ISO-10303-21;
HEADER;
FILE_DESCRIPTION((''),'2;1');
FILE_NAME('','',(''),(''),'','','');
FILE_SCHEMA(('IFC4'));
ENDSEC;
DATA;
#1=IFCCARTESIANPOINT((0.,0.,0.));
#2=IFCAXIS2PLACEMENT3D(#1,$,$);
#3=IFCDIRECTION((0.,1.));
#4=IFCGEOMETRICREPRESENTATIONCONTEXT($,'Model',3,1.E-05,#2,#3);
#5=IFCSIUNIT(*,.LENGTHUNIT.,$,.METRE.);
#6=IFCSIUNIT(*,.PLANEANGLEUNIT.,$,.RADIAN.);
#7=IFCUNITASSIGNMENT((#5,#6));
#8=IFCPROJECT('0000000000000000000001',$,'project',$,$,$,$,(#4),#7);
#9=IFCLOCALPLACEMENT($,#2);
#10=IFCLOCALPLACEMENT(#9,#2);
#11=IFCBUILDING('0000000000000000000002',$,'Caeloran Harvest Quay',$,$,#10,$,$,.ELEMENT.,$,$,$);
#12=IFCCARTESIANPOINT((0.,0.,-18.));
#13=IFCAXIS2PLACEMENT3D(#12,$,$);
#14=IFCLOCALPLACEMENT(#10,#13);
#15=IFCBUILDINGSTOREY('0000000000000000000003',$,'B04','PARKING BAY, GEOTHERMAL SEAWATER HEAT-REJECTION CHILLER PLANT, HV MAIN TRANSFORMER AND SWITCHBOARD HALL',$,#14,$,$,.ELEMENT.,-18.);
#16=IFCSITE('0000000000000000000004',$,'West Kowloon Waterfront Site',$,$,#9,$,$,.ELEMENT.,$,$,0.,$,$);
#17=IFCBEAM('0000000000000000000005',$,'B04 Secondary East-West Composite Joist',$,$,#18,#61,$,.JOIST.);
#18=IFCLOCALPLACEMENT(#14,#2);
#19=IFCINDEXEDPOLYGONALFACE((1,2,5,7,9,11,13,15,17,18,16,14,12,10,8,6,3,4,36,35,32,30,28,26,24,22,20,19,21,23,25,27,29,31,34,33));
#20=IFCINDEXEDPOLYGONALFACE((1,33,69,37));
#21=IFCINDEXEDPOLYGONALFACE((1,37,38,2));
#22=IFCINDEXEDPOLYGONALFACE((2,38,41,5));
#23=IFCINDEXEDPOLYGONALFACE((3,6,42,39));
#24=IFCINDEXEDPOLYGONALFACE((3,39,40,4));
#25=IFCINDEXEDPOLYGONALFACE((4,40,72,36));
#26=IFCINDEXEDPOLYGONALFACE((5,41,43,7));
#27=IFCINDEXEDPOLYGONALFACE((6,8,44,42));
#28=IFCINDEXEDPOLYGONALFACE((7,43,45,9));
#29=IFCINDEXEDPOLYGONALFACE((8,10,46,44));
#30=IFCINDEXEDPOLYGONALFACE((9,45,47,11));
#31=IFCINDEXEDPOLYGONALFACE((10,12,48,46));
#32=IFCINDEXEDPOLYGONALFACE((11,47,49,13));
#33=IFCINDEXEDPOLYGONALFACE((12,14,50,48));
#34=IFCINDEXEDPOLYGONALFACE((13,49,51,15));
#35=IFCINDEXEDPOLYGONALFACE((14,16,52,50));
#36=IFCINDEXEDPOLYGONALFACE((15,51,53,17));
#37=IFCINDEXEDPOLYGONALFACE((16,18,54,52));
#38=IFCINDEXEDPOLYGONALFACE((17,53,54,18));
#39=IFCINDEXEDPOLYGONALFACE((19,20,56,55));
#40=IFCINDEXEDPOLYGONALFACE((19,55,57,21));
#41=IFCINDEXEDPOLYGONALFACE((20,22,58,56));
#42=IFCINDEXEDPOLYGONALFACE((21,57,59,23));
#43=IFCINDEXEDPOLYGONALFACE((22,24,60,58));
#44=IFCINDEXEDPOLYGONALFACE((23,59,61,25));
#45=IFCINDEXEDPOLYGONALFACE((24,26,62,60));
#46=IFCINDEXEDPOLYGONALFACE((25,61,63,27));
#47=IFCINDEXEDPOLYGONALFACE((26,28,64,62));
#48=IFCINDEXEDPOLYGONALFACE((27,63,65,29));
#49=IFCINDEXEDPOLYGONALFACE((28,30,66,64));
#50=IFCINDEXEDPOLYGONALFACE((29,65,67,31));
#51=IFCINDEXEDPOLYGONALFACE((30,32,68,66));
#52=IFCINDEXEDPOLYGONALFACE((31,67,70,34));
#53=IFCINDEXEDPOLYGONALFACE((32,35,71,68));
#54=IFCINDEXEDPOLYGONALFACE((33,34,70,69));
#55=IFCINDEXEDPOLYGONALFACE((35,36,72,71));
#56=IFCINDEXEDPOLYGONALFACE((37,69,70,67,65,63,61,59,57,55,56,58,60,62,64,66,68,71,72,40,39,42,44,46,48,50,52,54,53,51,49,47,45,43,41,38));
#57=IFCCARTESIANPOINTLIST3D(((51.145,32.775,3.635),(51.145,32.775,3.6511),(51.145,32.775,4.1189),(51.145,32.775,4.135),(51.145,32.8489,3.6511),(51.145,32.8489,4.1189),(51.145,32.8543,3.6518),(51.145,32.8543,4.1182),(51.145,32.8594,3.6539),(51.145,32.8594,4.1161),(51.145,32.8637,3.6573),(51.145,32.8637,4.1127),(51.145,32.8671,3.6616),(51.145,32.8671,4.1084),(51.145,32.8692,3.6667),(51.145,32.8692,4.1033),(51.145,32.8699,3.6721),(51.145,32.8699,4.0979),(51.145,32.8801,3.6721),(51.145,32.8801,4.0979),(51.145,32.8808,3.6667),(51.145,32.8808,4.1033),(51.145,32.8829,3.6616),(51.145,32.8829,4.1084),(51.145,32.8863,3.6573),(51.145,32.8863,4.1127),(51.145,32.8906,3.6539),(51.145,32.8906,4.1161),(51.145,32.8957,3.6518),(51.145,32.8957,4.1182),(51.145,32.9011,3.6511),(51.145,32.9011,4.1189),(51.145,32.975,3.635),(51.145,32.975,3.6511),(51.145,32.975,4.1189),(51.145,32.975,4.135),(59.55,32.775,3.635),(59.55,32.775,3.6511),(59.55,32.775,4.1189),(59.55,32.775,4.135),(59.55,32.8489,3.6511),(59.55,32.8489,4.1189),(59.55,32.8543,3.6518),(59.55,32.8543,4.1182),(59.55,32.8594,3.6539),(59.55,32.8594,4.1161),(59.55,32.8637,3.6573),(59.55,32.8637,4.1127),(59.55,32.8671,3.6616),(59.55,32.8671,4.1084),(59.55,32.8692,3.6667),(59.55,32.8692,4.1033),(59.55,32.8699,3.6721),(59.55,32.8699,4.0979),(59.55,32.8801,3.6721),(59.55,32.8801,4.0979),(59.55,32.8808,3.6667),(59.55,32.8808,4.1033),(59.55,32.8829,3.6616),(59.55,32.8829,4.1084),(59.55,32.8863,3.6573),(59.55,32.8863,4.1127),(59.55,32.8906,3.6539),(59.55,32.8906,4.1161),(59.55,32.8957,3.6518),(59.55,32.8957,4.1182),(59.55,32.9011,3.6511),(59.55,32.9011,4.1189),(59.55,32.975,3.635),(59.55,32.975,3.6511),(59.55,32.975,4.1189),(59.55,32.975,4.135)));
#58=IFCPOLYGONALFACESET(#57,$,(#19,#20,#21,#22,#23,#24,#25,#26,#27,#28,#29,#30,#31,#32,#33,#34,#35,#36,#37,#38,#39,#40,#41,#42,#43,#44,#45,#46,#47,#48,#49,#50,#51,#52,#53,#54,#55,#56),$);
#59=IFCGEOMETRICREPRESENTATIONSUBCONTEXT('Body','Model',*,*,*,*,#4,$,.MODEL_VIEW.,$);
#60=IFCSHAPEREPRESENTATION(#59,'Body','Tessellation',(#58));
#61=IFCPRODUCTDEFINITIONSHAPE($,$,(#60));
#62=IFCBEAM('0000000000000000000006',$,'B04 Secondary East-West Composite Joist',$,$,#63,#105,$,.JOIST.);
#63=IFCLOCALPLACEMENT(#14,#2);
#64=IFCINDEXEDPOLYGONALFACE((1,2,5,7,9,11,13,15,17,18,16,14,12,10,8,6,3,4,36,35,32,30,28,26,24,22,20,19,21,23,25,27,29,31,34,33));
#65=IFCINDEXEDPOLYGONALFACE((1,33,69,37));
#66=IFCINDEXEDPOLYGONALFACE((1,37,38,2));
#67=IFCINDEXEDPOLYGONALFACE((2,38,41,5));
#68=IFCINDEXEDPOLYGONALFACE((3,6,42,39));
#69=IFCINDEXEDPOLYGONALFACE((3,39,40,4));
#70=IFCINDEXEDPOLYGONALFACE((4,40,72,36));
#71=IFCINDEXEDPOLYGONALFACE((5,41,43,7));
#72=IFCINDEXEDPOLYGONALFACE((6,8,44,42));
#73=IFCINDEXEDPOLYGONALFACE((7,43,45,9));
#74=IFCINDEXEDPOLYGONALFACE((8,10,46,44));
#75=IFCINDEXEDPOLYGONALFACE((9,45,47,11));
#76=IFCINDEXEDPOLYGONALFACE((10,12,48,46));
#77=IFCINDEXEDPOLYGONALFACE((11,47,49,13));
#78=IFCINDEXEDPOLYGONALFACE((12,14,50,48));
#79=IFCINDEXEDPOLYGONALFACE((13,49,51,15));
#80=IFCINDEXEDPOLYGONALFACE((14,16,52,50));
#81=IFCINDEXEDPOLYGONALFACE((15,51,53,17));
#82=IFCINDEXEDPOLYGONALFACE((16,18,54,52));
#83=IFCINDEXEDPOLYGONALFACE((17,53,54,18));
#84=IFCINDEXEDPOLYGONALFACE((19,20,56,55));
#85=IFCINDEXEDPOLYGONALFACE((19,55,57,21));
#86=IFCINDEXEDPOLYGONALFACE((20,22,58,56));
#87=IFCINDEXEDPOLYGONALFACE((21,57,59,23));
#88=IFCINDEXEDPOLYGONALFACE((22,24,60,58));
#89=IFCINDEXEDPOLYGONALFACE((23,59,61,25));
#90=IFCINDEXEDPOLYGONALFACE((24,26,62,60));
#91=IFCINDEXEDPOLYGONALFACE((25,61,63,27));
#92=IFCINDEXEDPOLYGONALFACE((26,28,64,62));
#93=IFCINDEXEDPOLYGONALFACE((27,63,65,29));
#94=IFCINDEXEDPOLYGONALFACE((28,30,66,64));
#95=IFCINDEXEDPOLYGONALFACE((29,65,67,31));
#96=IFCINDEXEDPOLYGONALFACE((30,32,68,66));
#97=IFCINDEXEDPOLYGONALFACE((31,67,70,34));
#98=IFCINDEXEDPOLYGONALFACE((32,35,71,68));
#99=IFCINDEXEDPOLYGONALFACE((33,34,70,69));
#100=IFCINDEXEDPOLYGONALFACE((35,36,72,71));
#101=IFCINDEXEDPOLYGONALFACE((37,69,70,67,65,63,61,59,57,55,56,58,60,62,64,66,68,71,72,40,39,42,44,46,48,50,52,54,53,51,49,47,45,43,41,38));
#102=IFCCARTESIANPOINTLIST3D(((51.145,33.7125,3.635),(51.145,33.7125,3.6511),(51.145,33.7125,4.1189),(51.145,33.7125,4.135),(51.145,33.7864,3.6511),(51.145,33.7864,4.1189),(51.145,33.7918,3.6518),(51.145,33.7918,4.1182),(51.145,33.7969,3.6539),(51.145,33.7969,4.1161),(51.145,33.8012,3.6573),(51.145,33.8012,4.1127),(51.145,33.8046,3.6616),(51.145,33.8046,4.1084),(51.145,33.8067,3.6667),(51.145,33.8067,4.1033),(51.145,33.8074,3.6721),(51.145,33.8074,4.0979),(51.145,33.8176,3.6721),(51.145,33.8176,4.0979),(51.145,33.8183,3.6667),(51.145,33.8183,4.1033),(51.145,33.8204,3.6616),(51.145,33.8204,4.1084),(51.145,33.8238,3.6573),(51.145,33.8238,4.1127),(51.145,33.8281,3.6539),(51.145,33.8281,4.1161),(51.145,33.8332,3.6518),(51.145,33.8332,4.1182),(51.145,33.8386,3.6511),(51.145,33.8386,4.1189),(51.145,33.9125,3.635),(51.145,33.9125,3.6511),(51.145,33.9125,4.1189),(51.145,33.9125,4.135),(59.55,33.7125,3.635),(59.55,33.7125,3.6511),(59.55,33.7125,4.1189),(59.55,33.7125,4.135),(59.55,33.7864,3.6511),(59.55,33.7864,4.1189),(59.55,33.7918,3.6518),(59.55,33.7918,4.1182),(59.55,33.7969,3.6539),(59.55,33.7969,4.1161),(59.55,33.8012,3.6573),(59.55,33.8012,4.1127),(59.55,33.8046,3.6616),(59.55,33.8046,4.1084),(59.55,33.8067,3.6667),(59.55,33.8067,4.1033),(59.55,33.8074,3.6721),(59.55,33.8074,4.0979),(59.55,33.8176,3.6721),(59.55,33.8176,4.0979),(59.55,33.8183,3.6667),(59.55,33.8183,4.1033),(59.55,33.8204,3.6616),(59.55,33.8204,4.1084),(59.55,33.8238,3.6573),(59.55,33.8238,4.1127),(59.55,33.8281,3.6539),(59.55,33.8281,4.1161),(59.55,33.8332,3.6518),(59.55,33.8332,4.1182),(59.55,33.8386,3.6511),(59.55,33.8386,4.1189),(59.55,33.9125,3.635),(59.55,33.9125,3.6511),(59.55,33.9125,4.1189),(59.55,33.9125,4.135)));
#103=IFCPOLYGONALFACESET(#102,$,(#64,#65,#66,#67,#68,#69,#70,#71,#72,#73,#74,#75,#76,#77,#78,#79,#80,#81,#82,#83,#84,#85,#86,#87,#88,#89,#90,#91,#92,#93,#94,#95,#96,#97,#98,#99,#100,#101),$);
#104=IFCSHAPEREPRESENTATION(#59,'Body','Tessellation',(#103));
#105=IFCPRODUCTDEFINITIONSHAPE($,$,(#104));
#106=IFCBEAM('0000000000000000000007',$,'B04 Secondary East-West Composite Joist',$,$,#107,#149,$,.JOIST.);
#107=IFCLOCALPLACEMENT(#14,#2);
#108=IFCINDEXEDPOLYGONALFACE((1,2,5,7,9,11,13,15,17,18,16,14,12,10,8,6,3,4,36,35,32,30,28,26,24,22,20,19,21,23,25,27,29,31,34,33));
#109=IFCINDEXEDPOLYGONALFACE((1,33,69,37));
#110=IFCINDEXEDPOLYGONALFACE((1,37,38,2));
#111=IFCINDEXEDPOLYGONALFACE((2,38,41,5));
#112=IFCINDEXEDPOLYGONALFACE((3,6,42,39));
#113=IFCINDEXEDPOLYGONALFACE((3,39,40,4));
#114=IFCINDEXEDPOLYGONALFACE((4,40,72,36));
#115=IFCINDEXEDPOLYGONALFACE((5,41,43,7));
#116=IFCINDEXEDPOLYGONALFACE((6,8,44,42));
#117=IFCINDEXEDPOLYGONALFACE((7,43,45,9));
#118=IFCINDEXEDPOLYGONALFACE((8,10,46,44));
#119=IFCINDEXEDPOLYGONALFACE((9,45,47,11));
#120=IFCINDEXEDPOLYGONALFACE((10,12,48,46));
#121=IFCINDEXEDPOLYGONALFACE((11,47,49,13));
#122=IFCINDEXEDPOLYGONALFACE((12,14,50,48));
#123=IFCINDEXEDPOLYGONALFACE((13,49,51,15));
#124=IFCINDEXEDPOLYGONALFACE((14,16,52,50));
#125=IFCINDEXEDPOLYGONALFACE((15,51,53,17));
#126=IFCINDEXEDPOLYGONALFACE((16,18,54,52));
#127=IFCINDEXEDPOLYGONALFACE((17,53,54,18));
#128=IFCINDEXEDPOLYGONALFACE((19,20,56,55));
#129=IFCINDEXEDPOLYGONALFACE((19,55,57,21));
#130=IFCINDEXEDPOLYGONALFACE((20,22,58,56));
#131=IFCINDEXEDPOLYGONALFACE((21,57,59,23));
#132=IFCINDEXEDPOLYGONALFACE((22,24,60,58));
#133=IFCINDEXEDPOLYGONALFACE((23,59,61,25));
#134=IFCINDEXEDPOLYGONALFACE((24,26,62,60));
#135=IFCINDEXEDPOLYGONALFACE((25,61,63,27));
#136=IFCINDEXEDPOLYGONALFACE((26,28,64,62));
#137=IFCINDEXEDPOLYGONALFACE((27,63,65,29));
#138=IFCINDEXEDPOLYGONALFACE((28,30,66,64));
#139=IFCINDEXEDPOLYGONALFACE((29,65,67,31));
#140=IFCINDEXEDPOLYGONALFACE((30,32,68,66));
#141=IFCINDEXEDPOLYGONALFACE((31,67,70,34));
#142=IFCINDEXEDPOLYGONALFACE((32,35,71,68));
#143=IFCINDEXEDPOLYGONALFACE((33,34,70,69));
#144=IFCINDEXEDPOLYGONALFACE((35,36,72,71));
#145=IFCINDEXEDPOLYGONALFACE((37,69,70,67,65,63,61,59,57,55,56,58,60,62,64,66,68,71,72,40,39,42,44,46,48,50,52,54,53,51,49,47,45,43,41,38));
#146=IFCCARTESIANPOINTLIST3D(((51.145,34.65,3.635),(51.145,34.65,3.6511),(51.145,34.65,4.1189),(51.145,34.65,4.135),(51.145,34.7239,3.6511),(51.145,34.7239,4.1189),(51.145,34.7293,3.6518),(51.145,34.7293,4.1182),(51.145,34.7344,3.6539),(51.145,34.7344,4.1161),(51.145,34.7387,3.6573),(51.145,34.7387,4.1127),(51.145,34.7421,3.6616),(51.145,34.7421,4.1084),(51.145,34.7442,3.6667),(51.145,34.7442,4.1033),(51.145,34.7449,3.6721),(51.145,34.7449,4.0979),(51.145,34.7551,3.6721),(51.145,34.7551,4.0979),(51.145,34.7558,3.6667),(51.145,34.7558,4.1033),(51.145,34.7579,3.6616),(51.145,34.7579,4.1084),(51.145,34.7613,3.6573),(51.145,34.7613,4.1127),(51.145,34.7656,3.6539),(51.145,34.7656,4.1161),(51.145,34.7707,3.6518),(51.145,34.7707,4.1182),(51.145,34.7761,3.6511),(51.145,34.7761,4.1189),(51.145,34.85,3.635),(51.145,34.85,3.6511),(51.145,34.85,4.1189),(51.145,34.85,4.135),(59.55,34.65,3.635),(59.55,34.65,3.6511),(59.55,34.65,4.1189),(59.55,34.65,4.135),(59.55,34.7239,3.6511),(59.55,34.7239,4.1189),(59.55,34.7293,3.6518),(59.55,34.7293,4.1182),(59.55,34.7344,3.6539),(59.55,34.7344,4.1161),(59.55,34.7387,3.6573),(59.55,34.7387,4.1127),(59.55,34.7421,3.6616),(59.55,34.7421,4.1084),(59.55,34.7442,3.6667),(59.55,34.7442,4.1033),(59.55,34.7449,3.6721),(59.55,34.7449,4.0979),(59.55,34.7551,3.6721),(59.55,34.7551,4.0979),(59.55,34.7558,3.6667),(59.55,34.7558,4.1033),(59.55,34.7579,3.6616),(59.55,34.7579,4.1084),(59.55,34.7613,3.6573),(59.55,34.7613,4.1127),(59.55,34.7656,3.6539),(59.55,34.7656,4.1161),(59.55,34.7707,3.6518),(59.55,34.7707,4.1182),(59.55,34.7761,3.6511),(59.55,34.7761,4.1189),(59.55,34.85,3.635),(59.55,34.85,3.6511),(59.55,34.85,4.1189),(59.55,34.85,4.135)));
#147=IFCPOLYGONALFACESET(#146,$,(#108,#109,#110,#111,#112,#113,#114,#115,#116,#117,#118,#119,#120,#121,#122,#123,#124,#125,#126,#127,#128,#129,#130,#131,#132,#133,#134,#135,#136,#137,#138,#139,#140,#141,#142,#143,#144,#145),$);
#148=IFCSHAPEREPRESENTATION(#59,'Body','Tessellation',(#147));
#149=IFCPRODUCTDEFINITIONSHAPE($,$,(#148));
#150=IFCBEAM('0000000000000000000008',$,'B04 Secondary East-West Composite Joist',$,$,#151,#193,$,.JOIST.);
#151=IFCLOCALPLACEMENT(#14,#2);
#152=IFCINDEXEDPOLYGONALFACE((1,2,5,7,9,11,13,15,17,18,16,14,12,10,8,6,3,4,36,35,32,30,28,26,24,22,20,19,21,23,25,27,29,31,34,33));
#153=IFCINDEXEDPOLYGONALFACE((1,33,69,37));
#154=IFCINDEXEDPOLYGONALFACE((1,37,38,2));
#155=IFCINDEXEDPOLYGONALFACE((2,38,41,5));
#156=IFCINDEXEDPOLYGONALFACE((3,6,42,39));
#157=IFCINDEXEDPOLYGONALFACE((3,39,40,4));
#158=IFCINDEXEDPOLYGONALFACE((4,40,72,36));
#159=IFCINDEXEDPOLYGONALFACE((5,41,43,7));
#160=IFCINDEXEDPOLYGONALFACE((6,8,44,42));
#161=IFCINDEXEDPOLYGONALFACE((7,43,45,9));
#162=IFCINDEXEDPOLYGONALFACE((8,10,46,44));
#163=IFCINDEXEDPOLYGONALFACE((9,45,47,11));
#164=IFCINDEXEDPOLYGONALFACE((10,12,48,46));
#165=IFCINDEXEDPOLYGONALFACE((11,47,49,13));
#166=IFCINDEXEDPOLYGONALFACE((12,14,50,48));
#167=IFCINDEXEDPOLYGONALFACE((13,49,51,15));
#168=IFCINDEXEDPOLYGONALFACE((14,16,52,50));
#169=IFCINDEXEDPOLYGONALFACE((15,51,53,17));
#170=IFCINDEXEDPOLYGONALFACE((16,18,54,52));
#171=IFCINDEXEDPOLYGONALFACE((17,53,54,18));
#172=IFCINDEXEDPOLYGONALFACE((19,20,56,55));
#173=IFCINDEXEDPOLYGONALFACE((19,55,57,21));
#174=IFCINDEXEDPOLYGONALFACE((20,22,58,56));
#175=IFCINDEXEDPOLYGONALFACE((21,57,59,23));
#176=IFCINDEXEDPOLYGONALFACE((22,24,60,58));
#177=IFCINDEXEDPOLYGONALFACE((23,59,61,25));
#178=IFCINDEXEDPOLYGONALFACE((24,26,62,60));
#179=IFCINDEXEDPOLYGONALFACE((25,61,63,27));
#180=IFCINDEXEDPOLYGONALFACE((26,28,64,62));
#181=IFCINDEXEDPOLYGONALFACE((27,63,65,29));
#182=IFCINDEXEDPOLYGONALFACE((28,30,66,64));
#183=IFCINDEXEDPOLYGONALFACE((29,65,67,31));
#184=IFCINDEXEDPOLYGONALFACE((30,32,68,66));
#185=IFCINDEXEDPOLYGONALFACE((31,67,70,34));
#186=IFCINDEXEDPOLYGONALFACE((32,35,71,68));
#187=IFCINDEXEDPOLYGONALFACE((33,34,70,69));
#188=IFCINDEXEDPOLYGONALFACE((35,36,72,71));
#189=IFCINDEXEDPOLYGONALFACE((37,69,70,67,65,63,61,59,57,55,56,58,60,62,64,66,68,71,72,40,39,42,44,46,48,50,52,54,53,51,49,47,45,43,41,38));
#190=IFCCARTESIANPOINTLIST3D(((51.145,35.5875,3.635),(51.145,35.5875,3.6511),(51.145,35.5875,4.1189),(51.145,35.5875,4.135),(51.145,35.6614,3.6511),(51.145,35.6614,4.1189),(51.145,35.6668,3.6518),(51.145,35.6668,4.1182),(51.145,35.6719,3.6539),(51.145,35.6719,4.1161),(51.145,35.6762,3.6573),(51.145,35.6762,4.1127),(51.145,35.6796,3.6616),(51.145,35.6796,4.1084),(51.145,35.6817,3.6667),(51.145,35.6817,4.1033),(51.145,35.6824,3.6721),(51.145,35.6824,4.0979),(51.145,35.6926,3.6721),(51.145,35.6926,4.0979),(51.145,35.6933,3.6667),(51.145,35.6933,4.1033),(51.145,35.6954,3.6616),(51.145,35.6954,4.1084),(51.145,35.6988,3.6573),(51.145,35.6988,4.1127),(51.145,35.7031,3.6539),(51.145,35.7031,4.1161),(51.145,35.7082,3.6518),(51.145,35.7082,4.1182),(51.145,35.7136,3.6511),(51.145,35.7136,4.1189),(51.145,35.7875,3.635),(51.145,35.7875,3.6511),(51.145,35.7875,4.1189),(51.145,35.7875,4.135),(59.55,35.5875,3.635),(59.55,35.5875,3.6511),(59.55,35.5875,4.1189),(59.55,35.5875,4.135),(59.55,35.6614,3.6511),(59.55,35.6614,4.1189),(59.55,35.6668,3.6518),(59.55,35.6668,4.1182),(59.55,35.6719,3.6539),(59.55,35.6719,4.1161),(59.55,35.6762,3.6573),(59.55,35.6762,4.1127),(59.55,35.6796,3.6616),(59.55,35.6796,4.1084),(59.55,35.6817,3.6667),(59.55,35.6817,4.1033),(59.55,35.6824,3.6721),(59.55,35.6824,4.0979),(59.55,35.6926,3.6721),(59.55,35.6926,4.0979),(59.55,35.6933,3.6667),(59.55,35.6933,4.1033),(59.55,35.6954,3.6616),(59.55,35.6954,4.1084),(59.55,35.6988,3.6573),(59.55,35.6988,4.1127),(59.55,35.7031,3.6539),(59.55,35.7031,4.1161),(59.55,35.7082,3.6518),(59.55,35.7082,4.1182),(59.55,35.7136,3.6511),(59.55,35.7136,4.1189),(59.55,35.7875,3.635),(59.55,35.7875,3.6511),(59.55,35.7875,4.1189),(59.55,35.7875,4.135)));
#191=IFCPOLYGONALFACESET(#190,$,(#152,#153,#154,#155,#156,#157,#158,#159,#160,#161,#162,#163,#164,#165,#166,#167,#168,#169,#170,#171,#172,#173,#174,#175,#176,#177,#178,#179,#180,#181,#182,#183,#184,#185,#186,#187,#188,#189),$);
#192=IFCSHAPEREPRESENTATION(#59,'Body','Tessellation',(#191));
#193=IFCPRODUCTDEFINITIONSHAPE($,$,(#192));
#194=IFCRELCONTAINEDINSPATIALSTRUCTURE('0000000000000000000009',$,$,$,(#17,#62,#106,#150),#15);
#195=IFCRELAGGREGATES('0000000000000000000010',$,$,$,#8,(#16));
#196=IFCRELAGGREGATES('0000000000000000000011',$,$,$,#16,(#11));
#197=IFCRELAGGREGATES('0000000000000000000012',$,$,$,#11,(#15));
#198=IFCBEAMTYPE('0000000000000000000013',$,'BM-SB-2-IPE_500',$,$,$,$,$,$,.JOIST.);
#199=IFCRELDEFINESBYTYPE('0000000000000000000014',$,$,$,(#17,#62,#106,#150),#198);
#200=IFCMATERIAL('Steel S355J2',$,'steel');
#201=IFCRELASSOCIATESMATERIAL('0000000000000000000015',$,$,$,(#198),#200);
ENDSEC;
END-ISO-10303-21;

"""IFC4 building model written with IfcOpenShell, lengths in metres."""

from ifc_helpers import new_model, si_unit, direction, frame, origin, origin_2d, place, context, subcontext, project, spatial, i_section, extrude, material, material_profile, profile_set, type_object, element, save


model = new_model("IFC4")

# Units and contexts
model_context = context("Model", 3, precision=1e-05, world=origin(), true_north=direction((0.0, 1.0)))
body_context = subcontext(model_context, "Body", "Model", "MODEL_VIEW")
ifc_project = project(units=[si_unit("LENGTHUNIT", "METRE"), si_unit("PLANEANGLEUNIT", "RADIAN")], contexts=[model_context])

# Site, building, storey
site_placement = place(None, origin())
site = spatial("IfcSite", under=ifc_project, at=site_placement, Name="West Kowloon Waterfront Site", CompositionType="ELEMENT", RefElevation=0.0)
building_placement = place(site_placement, origin())
building = spatial("IfcBuilding", under=site, at=building_placement, Name="Caeloran Harvest Quay", CompositionType="ELEMENT")
storey_placement = place(building_placement, frame((0.0, 0.0, -18.0)))
storey = spatial("IfcBuildingStorey", under=building, at=storey_placement, Name="B04", Description="PARKING BAY, GEOTHERMAL SEAWATER HEAT-REJECTION CHILLER PLANT, HV MAIN TRANSFORMER AND SWITCHBOARD HALL", CompositionType="ELEMENT", Elevation=-18.0)

# Beams
ifc_material_1 = material(Name="Steel S355J2", Category="steel")
ifc_material_profile_1 = material_profile(ifc_material_1, i_section(OverallWidth=0.2, OverallDepth=0.5, WebThickness=0.0103, FlangeThickness=0.0161, FilletRadius=0.021, at=origin_2d()), Name="IPE 500")
ifc_profile_set_1 = profile_set([ifc_material_profile_1], Name="Steel S355J2")
beam_type_1 = type_object("IfcBeamType", Name="BM-SB-2-IPE_500", PredefinedType="JOIST", material=ifc_profile_set_1)
for number, where, z_axis, x_axis, name in (
    (1, (51.145, 32.875, 3.885), (1.0, 0.0, 0.0), (0.0, 1.0, 0.0), "B04 Secondary East-West Composite Joist"),
    (2, (51.145, 33.8125, 3.885), (1.0, 0.0, 0.0), (0.0, 1.0, 0.0), "B04 Secondary East-West Composite Joist"),
    (3, (51.145, 34.75, 3.885), (1.0, 0.0, 0.0), (0.0, 1.0, 0.0), "B04 Secondary East-West Composite Joist"),
    (4, (51.145, 35.6875, 3.885), (1.0, 0.0, 0.0), (0.0, 1.0, 0.0), "B04 Secondary East-West Composite Joist"),
):
    element("IfcBeam", number, at=place(storey_placement, frame(where, z_axis=z_axis, x_axis=x_axis)), inside=storey, type_object=beam_type_1, Name=name, PredefinedType="JOIST", context=body_context, shape_type="SweptSolid", body=[
        extrude(i_section(OverallWidth=0.2, OverallDepth=0.5, WebThickness=0.0103, FlangeThickness=0.0161, FilletRadius=0.021, at=origin_2d()), origin(), (0.0, 0.0, 1.0), 8.405),
    ])

save(model, "model.ifc")
